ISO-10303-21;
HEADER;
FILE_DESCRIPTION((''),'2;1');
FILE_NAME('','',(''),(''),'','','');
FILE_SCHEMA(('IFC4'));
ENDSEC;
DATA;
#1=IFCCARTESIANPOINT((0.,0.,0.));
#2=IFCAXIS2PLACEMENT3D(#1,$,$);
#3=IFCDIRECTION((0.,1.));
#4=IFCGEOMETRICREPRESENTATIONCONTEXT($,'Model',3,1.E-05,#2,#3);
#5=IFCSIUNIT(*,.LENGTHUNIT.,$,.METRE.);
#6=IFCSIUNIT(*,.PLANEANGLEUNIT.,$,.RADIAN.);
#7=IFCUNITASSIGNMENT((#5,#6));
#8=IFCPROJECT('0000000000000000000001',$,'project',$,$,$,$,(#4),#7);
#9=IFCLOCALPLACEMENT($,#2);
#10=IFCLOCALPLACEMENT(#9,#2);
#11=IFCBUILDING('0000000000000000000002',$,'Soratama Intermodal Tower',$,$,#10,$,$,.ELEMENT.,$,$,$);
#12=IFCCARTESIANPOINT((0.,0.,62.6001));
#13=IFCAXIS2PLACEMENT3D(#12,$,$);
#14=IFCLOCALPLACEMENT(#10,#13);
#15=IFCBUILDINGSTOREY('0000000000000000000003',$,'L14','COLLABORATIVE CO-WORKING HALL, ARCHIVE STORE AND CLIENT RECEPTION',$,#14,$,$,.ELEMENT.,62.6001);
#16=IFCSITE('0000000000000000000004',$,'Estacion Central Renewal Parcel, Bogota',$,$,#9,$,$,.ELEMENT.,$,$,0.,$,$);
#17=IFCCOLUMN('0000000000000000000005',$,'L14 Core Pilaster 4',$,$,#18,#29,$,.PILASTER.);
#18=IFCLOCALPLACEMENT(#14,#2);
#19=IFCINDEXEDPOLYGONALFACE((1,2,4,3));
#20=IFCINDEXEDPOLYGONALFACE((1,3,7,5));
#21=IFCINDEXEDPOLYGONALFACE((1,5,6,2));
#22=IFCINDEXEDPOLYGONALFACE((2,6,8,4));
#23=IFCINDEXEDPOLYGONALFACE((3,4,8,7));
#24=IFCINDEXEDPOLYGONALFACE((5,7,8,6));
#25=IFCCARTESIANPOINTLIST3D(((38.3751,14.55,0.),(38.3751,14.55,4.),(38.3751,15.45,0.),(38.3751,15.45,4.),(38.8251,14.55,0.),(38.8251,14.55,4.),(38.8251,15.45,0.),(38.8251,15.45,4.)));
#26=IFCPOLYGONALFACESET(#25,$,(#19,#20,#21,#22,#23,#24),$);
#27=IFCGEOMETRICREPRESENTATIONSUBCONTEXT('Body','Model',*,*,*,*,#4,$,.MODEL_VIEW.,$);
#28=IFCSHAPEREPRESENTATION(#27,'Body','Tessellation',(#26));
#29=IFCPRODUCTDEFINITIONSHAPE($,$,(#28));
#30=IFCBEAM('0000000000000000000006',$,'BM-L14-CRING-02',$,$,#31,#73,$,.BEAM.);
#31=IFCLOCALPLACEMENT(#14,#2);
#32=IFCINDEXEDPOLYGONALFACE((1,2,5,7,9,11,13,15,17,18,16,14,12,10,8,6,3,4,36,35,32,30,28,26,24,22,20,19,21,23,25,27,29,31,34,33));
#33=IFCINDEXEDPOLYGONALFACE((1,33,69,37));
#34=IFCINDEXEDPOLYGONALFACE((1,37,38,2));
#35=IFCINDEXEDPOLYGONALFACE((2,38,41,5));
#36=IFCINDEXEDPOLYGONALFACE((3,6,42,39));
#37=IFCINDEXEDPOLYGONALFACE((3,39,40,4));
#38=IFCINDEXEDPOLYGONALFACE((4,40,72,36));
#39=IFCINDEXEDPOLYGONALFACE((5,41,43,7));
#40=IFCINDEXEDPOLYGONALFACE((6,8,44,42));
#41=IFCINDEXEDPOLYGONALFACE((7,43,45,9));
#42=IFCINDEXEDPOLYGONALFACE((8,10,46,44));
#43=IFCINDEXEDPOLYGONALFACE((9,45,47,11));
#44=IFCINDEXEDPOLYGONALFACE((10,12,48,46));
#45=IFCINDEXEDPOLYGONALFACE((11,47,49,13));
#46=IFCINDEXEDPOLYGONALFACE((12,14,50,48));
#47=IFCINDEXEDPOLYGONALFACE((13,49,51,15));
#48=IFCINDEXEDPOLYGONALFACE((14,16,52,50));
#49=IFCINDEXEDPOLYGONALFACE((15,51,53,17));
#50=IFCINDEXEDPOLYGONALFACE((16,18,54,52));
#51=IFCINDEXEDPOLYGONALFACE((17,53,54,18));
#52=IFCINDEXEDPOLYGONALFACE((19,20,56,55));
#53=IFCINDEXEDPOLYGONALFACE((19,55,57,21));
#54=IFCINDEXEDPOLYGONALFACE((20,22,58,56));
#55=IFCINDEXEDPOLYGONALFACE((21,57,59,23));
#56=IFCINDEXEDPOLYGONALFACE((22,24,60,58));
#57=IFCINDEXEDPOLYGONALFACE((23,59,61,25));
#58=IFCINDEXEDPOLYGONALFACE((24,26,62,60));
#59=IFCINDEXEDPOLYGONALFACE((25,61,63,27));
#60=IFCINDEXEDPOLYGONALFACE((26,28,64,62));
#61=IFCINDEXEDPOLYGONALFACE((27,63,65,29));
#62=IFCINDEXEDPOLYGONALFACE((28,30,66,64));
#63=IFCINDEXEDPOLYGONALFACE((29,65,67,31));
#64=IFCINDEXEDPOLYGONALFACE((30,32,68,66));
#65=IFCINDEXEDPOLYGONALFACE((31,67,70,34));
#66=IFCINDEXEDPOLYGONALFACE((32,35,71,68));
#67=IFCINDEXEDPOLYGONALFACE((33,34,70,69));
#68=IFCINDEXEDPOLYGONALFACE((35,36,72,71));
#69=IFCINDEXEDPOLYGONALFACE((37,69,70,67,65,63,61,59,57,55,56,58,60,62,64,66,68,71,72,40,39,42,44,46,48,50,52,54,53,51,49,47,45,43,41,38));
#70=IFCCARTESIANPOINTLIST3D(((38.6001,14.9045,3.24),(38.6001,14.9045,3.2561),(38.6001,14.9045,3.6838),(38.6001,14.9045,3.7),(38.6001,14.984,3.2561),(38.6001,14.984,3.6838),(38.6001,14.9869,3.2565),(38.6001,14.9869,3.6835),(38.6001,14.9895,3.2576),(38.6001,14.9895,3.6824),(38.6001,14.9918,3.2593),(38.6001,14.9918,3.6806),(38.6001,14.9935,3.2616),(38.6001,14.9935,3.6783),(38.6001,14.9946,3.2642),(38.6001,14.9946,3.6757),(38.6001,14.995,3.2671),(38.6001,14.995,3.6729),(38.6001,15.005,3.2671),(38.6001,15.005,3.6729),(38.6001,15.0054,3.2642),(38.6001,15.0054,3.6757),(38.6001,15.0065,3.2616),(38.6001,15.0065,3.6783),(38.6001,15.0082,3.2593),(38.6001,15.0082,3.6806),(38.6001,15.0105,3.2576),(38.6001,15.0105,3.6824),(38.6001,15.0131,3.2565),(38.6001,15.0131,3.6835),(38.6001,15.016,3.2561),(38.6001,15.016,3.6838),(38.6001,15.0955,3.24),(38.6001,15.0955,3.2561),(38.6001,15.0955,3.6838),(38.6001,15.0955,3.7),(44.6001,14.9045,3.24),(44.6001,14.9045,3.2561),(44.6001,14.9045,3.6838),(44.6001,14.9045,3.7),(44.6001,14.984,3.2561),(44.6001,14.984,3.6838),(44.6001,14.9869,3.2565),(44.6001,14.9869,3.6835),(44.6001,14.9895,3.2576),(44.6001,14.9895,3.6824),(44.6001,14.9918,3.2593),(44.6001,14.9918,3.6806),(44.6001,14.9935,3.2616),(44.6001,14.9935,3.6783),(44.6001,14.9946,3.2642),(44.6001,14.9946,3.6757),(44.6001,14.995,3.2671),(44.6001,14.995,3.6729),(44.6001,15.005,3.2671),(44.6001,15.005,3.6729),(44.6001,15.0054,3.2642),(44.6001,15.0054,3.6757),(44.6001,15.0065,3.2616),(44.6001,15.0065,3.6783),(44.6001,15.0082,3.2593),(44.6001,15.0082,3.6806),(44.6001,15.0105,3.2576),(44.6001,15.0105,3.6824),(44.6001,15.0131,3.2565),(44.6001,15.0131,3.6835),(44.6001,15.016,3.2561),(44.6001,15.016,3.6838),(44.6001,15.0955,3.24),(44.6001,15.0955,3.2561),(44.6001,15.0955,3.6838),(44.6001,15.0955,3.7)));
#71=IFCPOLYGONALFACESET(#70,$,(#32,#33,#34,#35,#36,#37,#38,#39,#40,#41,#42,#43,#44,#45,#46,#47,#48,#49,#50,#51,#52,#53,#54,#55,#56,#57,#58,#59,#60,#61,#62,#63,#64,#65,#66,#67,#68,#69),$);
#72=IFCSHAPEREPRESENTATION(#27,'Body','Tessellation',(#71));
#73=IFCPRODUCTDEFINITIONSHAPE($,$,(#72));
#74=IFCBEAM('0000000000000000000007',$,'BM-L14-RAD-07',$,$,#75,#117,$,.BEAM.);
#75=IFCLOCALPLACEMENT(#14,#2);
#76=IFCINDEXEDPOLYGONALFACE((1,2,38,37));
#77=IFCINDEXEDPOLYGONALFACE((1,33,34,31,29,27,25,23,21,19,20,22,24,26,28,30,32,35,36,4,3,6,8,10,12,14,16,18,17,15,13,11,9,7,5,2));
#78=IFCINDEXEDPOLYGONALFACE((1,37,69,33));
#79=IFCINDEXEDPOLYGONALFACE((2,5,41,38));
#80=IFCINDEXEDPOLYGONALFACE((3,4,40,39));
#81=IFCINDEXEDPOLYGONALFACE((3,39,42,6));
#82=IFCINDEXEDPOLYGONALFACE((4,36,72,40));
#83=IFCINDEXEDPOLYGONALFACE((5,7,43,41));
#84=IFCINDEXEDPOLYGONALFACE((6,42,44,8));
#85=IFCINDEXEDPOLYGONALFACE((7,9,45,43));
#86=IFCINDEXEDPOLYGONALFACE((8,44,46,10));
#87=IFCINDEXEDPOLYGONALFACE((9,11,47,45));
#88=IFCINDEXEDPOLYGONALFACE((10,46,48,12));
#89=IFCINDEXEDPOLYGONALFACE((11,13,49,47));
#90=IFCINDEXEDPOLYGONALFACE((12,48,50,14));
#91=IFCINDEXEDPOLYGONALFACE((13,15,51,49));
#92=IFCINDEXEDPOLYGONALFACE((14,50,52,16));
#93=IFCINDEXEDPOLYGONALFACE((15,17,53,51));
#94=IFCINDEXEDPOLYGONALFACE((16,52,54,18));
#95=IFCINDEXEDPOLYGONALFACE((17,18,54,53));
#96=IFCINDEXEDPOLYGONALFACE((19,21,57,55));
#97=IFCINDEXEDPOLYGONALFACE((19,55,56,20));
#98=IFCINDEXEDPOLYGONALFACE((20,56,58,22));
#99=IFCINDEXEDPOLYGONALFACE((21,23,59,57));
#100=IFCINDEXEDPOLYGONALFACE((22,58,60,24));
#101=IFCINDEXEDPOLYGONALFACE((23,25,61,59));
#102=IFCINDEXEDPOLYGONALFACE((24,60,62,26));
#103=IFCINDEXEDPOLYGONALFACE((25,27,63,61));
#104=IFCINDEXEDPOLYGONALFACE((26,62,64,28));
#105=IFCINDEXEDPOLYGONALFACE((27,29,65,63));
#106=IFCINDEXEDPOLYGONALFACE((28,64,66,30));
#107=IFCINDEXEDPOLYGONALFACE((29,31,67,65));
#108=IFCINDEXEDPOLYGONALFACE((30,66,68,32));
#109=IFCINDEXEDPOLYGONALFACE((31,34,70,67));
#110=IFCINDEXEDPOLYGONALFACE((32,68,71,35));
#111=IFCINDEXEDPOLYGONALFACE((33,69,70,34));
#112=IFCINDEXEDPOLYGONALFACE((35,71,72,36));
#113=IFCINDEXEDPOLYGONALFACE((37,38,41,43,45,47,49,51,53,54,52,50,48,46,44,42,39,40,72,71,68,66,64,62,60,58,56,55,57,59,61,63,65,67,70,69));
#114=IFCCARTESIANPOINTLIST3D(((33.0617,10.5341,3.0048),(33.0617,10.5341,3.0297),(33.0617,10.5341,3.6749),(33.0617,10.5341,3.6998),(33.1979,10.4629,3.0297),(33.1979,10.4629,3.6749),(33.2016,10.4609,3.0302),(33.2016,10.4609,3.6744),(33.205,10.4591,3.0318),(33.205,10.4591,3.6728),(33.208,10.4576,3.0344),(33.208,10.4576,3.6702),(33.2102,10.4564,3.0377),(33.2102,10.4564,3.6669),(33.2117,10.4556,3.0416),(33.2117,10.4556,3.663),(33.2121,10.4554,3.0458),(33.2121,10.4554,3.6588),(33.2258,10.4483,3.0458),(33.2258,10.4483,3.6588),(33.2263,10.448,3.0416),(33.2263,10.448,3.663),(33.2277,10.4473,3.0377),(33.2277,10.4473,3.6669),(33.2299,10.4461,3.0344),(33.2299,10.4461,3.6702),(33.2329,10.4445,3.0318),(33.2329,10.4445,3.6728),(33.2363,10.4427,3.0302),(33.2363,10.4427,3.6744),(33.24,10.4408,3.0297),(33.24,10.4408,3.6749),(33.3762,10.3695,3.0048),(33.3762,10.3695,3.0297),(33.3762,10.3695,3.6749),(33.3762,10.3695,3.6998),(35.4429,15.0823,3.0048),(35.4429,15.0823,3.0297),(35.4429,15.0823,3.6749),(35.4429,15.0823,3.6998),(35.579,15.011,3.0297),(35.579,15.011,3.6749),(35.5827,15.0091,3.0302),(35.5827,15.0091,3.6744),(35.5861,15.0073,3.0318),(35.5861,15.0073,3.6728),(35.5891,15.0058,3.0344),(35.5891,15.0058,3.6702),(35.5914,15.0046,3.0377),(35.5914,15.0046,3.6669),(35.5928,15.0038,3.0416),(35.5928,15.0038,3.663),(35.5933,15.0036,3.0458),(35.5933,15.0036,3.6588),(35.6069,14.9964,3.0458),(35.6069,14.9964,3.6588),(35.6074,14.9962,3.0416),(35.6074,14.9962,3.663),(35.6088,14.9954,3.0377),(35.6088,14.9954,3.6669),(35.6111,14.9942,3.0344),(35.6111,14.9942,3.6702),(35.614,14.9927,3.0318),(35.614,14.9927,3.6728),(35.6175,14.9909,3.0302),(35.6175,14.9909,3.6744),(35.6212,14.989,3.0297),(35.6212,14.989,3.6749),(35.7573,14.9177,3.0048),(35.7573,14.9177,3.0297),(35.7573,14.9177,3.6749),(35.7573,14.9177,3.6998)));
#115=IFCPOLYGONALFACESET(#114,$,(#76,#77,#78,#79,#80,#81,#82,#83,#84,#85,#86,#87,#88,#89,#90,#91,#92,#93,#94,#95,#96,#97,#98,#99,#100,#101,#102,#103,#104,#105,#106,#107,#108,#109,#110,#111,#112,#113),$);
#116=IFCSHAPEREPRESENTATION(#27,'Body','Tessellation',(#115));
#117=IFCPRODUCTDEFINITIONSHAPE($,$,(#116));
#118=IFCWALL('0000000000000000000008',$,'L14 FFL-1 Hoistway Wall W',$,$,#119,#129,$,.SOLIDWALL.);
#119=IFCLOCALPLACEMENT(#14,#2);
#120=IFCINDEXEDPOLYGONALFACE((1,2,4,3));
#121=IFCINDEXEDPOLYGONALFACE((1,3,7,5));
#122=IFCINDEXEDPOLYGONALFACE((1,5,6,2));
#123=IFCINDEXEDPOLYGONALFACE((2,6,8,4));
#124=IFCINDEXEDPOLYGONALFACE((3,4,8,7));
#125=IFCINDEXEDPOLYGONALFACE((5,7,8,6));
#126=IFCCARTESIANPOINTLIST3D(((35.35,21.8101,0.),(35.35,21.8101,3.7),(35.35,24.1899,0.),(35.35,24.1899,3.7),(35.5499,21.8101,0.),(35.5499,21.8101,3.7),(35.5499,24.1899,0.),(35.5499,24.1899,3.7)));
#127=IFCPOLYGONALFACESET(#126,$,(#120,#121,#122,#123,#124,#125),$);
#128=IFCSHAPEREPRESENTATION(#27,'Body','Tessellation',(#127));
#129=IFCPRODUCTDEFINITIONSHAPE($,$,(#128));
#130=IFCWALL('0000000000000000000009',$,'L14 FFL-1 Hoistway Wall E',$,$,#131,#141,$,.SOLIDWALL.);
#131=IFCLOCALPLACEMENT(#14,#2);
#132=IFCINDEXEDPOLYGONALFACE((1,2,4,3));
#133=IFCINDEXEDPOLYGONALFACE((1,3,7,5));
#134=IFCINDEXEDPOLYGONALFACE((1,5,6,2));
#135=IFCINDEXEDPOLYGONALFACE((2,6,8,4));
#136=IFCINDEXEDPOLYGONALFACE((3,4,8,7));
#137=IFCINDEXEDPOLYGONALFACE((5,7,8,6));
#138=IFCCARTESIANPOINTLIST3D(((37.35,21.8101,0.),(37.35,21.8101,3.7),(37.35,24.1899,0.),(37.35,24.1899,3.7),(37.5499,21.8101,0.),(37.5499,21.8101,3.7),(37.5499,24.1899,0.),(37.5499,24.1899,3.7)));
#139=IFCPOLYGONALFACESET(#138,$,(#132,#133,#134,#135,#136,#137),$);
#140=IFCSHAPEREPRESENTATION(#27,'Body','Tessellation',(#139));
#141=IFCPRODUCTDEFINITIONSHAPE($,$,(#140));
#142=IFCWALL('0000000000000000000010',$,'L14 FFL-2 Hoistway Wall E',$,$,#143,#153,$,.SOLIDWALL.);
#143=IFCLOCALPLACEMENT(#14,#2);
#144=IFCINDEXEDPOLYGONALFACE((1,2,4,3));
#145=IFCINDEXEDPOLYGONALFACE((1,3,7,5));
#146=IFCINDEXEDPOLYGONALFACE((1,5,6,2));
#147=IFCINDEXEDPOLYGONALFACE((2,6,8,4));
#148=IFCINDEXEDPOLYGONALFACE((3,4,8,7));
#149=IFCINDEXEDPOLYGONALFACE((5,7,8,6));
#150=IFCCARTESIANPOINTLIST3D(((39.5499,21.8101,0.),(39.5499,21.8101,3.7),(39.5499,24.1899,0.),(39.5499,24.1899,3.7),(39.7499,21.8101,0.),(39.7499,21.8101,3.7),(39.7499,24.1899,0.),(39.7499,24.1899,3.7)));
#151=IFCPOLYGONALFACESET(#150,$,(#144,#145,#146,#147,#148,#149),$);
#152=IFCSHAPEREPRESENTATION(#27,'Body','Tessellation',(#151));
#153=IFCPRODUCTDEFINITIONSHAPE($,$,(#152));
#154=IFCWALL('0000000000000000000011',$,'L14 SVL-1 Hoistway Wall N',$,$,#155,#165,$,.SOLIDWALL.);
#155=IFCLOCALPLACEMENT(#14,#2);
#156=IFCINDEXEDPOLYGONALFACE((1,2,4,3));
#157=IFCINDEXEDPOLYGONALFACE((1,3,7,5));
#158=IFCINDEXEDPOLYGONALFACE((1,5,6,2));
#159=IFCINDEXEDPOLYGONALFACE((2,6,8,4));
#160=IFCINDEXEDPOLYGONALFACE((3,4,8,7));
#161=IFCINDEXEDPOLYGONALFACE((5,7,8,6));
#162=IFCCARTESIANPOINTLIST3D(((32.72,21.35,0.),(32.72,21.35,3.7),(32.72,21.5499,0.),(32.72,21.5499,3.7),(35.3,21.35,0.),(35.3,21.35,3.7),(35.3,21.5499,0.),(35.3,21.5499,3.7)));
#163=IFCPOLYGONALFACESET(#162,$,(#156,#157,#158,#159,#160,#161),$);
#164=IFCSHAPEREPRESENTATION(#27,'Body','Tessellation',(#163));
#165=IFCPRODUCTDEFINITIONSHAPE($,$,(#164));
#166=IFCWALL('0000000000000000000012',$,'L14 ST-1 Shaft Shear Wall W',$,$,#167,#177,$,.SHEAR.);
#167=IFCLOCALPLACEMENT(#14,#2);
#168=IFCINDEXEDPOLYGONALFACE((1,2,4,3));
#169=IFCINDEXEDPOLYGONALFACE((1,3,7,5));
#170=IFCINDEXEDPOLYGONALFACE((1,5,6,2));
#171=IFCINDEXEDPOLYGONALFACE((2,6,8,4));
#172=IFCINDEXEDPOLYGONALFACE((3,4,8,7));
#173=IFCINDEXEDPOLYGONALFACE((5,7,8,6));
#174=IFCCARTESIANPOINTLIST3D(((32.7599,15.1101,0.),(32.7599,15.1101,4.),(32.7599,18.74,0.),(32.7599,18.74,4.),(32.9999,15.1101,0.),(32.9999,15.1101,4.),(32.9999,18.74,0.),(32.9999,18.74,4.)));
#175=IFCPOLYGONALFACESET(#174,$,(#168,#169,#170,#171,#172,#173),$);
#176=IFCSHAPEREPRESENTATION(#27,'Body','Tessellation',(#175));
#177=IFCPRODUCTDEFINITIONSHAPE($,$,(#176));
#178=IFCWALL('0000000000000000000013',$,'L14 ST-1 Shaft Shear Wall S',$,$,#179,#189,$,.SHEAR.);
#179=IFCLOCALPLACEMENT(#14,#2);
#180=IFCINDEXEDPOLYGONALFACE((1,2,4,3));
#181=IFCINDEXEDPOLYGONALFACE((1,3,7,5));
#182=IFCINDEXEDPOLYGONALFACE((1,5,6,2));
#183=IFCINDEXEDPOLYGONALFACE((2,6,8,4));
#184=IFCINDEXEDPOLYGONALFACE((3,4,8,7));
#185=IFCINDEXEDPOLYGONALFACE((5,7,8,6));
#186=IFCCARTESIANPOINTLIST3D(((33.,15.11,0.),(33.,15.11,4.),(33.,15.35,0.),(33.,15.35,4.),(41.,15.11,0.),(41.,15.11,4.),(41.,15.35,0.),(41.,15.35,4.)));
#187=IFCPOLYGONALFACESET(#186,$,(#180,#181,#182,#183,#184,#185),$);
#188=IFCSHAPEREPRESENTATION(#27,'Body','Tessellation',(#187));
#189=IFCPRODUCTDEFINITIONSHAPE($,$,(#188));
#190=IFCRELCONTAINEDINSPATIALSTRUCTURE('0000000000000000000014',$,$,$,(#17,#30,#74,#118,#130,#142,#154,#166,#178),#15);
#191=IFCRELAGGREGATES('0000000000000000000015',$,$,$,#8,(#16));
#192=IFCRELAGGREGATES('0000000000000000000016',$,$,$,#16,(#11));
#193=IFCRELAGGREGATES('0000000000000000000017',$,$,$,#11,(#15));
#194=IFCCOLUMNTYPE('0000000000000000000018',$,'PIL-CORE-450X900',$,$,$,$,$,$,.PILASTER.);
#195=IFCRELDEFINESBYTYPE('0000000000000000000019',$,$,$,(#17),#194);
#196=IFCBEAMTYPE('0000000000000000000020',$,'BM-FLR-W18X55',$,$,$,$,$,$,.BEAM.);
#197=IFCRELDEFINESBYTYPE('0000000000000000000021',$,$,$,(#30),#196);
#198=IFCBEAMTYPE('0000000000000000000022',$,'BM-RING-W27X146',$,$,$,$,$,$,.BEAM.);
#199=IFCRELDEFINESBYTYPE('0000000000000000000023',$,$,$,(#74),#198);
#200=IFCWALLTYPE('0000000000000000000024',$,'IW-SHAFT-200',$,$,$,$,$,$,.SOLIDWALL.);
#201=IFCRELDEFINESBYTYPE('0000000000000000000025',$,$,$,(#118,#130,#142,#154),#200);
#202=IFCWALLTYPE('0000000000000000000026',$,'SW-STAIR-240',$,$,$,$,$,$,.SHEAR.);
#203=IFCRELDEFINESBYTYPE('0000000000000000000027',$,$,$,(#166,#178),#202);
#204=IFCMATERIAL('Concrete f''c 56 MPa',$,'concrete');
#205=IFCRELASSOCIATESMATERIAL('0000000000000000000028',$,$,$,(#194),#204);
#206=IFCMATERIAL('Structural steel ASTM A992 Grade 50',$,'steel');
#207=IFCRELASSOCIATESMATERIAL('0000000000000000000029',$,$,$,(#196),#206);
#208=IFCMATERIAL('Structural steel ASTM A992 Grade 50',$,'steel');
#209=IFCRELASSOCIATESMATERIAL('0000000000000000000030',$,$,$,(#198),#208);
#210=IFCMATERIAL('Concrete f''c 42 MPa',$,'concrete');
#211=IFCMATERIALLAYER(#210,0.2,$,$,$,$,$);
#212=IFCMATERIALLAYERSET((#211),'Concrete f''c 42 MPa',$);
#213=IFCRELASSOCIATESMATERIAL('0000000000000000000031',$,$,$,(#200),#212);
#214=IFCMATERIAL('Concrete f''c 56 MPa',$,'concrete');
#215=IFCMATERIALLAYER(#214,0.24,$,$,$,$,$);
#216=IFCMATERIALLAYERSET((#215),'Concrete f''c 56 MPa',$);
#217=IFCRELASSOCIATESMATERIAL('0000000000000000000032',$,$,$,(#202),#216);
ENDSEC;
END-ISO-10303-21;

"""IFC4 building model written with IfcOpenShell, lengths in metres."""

from ifc_helpers import new_model, si_unit, direction, frame, frame_2d, origin, origin_2d, place, context, subcontext, project, spatial, rectangle, i_section, extrude, material, layer, layer_set, material_profile, profile_set, type_object, element, save


model = new_model("IFC4")

# Units and contexts
model_context = context("Model", 3, precision=1e-05, world=origin(), true_north=direction((0.0, 1.0)))
body_context = subcontext(model_context, "Body", "Model", "MODEL_VIEW")
ifc_project = project(units=[si_unit("LENGTHUNIT", "METRE"), si_unit("PLANEANGLEUNIT", "RADIAN")], contexts=[model_context])

# Site, building, storey
site_placement = place(None, origin())
site = spatial("IfcSite", under=ifc_project, at=site_placement, Name="Estacion Central Renewal Parcel, Bogota", CompositionType="ELEMENT", RefElevation=0.0)
building_placement = place(site_placement, origin())
building = spatial("IfcBuilding", under=site, at=building_placement, Name="Soratama Intermodal Tower", CompositionType="ELEMENT")
storey_placement = place(building_placement, frame((0.0, 0.0, 62.6001)))
storey = spatial("IfcBuildingStorey", under=building, at=storey_placement, Name="L14", Description="COLLABORATIVE CO-WORKING HALL, ARCHIVE STORE AND CLIENT RECEPTION", CompositionType="ELEMENT", Elevation=62.6001)

# Column
ifc_material_1 = material(Name="Concrete f'c 56 MPa", Category="concrete")
ifc_material_profile_1 = material_profile(ifc_material_1, rectangle(XDim=0.45, YDim=0.8999, at=origin_2d()), Name="RC450X900")
ifc_profile_set_1 = profile_set([ifc_material_profile_1], Name="Concrete f'c 56 MPa")
column_type = type_object("IfcColumnType", Name="PIL-CORE-450X900", PredefinedType="PILASTER", material=ifc_profile_set_1)
column_placement = place(storey_placement, frame((38.6001, 15.0, 0.0), z_axis=(0.0, 0.0, 1.0), x_axis=(1.0, 0.0, 0.0)))
element("IfcColumn", 1, at=column_placement, inside=storey, type_object=column_type, Name="L14 Core Pilaster 4", PredefinedType="PILASTER", context=body_context, shape_type="SweptSolid", body=[
    extrude(rectangle(XDim=0.45, YDim=0.8999, at=origin_2d()), origin(), (0.0, 0.0, 1.0), 4.0),
])

# Beams
ifc_material_2 = material(Name="Structural steel ASTM A992 Grade 50", Category="steel")
ifc_material_profile_2 = material_profile(ifc_material_2, i_section(OverallWidth=0.1909, OverallDepth=0.46, WebThickness=0.01, FlangeThickness=0.0161, FilletRadius=0.011, at=origin_2d()), Name="W18X55")
ifc_profile_set_2 = profile_set([ifc_material_profile_2], Name="Structural steel ASTM A992 Grade 50")
beam_type_1 = type_object("IfcBeamType", Name="BM-FLR-W18X55", PredefinedType="BEAM", material=ifc_profile_set_2)
beam_1_placement = place(storey_placement, frame((38.6001, 15.0, 3.47), z_axis=(1.0, 0.0, 0.0), x_axis=(0.0, 1.0, 0.0)))
element("IfcBeam", 2, at=beam_1_placement, inside=storey, type_object=beam_type_1, Name="BM-L14-CRING-02", PredefinedType="BEAM", context=body_context, shape_type="SweptSolid", body=[
    extrude(i_section(OverallWidth=0.1909, OverallDepth=0.46, WebThickness=0.01, FlangeThickness=0.0161, FilletRadius=0.011, at=origin_2d()), origin(), (0.0, 0.0, 1.0), 6.0),
])
ifc_material_3 = material(Name="Structural steel ASTM A992 Grade 50", Category="steel")
ifc_material_profile_3 = material_profile(ifc_material_3, i_section(OverallWidth=0.355, OverallDepth=0.6951, WebThickness=0.0154, FlangeThickness=0.0249, FilletRadius=0.0161, at=origin_2d()), Name="W27X146")
ifc_profile_set_3 = profile_set([ifc_material_profile_3], Name="Structural steel ASTM A992 Grade 50")
beam_type_2 = type_object("IfcBeamType", Name="BM-RING-W27X146", PredefinedType="BEAM", material=ifc_profile_set_3)
beam_2_placement = place(storey_placement, frame((35.6001, 15.0, 3.3523), z_axis=(-0.463819, -0.88593, 0.0), x_axis=(0.88593, -0.463819, 0.0)))
element("IfcBeam", 3, at=beam_2_placement, inside=storey, type_object=beam_type_2, Name="BM-L14-RAD-07", PredefinedType="BEAM", context=body_context, shape_type="SweptSolid", body=[
    extrude(i_section(OverallWidth=0.355, OverallDepth=0.6951, WebThickness=0.0154, FlangeThickness=0.0249, FilletRadius=0.0161, at=origin_2d()), origin(), (0.0, 0.0, 1.0), 5.1338),
])

# Shared definitions
ifc_material_4 = material(Name="Concrete f'c 42 MPa", Category="concrete")
ifc_layer_1 = layer(ifc_material_4, 0.2)
ifc_layer_set_1 = layer_set([ifc_layer_1], Name="Concrete f'c 42 MPa")
wall_type_1 = type_object("IfcWallType", Name="IW-SHAFT-200", PredefinedType="SOLIDWALL", material=ifc_layer_set_1)

# Walls
for number, where, z_axis, x_axis, name in (
    (4, (35.45, 21.8101, 0.0), (0.0, 0.0, 1.0), (0.0, 1.0, 0.0), "L14 FFL-1 Hoistway Wall W"),
    (5, (37.45, 21.8101, 0.0), (0.0, 0.0, 1.0), (0.0, 1.0, 0.0), "L14 FFL-1 Hoistway Wall E"),
):
    element("IfcWall", number, at=place(storey_placement, frame(where, z_axis=z_axis, x_axis=x_axis)), inside=storey, type_object=wall_type_1, Name=name, PredefinedType="SOLIDWALL", context=body_context, shape_type="SweptSolid", body=[
        extrude(rectangle(XDim=2.3799, YDim=0.2, at=frame_2d((1.1899, 0.0))), origin(), (0.0, 0.0, 1.0), 3.7),
    ])

# Walls
wall_1_placement = place(storey_placement, frame((39.6499, 21.8101, 0.0), z_axis=(0.0, 0.0, 1.0), x_axis=(0.0, 1.0, 0.0)))
element("IfcWall", 6, at=wall_1_placement, inside=storey, type_object=wall_type_1, Name="L14 FFL-2 Hoistway Wall E", PredefinedType="SOLIDWALL", context=body_context, shape_type="SweptSolid", body=[
    extrude(rectangle(XDim=2.3799, YDim=0.2, at=frame_2d((1.1899, 0.0))), origin(), (0.0, 0.0, 1.0), 3.7),
])
wall_2_placement = place(storey_placement, frame((32.72, 21.45, 0.0), z_axis=(0.0, 0.0, 1.0), x_axis=(1.0, 0.0, 0.0)))
element("IfcWall", 7, at=wall_2_placement, inside=storey, type_object=wall_type_1, Name="L14 SVL-1 Hoistway Wall N", PredefinedType="SOLIDWALL", context=body_context, shape_type="SweptSolid", body=[
    extrude(rectangle(XDim=2.5801, YDim=0.2, at=frame_2d((1.29, 0.0))), origin(), (0.0, 0.0, 1.0), 3.7),
])

# Walls
ifc_material_5 = material(Name="Concrete f'c 56 MPa", Category="concrete")
ifc_layer_2 = layer(ifc_material_5, 0.24)
ifc_layer_set_2 = layer_set([ifc_layer_2], Name="Concrete f'c 56 MPa")
wall_type_2 = type_object("IfcWallType", Name="SW-STAIR-240", PredefinedType="SHEAR", material=ifc_layer_set_2)
wall_3_placement = place(storey_placement, frame((32.8799, 15.1101, 0.0), z_axis=(0.0, 0.0, 1.0), x_axis=(0.0, 1.0, 0.0)))
element("IfcWall", 8, at=wall_3_placement, inside=storey, type_object=wall_type_2, Name="L14 ST-1 Shaft Shear Wall W", PredefinedType="SHEAR", context=body_context, shape_type="SweptSolid", body=[
    extrude(rectangle(XDim=3.6299, YDim=0.24, at=frame_2d((1.8149, 0.0))), origin(), (0.0, 0.0, 1.0), 4.0),
])
for number, where, z_axis, x_axis, name in (
    (9, (33.0, 15.23, 0.0), (0.0, 0.0, 1.0), (1.0, 0.0, 0.0), "L14 ST-1 Shaft Shear Wall S"),
):
    element("IfcWall", number, at=place(storey_placement, frame(where, z_axis=z_axis, x_axis=x_axis)), inside=storey, type_object=wall_type_2, Name=name, PredefinedType="SHEAR", context=body_context, shape_type="SweptSolid", body=[
        extrude(rectangle(XDim=8.0, YDim=0.24, at=frame_2d((4.0, 0.0))), origin(), (0.0, 0.0, 1.0), 4.0),
    ])

save(model, "model.ifc")
